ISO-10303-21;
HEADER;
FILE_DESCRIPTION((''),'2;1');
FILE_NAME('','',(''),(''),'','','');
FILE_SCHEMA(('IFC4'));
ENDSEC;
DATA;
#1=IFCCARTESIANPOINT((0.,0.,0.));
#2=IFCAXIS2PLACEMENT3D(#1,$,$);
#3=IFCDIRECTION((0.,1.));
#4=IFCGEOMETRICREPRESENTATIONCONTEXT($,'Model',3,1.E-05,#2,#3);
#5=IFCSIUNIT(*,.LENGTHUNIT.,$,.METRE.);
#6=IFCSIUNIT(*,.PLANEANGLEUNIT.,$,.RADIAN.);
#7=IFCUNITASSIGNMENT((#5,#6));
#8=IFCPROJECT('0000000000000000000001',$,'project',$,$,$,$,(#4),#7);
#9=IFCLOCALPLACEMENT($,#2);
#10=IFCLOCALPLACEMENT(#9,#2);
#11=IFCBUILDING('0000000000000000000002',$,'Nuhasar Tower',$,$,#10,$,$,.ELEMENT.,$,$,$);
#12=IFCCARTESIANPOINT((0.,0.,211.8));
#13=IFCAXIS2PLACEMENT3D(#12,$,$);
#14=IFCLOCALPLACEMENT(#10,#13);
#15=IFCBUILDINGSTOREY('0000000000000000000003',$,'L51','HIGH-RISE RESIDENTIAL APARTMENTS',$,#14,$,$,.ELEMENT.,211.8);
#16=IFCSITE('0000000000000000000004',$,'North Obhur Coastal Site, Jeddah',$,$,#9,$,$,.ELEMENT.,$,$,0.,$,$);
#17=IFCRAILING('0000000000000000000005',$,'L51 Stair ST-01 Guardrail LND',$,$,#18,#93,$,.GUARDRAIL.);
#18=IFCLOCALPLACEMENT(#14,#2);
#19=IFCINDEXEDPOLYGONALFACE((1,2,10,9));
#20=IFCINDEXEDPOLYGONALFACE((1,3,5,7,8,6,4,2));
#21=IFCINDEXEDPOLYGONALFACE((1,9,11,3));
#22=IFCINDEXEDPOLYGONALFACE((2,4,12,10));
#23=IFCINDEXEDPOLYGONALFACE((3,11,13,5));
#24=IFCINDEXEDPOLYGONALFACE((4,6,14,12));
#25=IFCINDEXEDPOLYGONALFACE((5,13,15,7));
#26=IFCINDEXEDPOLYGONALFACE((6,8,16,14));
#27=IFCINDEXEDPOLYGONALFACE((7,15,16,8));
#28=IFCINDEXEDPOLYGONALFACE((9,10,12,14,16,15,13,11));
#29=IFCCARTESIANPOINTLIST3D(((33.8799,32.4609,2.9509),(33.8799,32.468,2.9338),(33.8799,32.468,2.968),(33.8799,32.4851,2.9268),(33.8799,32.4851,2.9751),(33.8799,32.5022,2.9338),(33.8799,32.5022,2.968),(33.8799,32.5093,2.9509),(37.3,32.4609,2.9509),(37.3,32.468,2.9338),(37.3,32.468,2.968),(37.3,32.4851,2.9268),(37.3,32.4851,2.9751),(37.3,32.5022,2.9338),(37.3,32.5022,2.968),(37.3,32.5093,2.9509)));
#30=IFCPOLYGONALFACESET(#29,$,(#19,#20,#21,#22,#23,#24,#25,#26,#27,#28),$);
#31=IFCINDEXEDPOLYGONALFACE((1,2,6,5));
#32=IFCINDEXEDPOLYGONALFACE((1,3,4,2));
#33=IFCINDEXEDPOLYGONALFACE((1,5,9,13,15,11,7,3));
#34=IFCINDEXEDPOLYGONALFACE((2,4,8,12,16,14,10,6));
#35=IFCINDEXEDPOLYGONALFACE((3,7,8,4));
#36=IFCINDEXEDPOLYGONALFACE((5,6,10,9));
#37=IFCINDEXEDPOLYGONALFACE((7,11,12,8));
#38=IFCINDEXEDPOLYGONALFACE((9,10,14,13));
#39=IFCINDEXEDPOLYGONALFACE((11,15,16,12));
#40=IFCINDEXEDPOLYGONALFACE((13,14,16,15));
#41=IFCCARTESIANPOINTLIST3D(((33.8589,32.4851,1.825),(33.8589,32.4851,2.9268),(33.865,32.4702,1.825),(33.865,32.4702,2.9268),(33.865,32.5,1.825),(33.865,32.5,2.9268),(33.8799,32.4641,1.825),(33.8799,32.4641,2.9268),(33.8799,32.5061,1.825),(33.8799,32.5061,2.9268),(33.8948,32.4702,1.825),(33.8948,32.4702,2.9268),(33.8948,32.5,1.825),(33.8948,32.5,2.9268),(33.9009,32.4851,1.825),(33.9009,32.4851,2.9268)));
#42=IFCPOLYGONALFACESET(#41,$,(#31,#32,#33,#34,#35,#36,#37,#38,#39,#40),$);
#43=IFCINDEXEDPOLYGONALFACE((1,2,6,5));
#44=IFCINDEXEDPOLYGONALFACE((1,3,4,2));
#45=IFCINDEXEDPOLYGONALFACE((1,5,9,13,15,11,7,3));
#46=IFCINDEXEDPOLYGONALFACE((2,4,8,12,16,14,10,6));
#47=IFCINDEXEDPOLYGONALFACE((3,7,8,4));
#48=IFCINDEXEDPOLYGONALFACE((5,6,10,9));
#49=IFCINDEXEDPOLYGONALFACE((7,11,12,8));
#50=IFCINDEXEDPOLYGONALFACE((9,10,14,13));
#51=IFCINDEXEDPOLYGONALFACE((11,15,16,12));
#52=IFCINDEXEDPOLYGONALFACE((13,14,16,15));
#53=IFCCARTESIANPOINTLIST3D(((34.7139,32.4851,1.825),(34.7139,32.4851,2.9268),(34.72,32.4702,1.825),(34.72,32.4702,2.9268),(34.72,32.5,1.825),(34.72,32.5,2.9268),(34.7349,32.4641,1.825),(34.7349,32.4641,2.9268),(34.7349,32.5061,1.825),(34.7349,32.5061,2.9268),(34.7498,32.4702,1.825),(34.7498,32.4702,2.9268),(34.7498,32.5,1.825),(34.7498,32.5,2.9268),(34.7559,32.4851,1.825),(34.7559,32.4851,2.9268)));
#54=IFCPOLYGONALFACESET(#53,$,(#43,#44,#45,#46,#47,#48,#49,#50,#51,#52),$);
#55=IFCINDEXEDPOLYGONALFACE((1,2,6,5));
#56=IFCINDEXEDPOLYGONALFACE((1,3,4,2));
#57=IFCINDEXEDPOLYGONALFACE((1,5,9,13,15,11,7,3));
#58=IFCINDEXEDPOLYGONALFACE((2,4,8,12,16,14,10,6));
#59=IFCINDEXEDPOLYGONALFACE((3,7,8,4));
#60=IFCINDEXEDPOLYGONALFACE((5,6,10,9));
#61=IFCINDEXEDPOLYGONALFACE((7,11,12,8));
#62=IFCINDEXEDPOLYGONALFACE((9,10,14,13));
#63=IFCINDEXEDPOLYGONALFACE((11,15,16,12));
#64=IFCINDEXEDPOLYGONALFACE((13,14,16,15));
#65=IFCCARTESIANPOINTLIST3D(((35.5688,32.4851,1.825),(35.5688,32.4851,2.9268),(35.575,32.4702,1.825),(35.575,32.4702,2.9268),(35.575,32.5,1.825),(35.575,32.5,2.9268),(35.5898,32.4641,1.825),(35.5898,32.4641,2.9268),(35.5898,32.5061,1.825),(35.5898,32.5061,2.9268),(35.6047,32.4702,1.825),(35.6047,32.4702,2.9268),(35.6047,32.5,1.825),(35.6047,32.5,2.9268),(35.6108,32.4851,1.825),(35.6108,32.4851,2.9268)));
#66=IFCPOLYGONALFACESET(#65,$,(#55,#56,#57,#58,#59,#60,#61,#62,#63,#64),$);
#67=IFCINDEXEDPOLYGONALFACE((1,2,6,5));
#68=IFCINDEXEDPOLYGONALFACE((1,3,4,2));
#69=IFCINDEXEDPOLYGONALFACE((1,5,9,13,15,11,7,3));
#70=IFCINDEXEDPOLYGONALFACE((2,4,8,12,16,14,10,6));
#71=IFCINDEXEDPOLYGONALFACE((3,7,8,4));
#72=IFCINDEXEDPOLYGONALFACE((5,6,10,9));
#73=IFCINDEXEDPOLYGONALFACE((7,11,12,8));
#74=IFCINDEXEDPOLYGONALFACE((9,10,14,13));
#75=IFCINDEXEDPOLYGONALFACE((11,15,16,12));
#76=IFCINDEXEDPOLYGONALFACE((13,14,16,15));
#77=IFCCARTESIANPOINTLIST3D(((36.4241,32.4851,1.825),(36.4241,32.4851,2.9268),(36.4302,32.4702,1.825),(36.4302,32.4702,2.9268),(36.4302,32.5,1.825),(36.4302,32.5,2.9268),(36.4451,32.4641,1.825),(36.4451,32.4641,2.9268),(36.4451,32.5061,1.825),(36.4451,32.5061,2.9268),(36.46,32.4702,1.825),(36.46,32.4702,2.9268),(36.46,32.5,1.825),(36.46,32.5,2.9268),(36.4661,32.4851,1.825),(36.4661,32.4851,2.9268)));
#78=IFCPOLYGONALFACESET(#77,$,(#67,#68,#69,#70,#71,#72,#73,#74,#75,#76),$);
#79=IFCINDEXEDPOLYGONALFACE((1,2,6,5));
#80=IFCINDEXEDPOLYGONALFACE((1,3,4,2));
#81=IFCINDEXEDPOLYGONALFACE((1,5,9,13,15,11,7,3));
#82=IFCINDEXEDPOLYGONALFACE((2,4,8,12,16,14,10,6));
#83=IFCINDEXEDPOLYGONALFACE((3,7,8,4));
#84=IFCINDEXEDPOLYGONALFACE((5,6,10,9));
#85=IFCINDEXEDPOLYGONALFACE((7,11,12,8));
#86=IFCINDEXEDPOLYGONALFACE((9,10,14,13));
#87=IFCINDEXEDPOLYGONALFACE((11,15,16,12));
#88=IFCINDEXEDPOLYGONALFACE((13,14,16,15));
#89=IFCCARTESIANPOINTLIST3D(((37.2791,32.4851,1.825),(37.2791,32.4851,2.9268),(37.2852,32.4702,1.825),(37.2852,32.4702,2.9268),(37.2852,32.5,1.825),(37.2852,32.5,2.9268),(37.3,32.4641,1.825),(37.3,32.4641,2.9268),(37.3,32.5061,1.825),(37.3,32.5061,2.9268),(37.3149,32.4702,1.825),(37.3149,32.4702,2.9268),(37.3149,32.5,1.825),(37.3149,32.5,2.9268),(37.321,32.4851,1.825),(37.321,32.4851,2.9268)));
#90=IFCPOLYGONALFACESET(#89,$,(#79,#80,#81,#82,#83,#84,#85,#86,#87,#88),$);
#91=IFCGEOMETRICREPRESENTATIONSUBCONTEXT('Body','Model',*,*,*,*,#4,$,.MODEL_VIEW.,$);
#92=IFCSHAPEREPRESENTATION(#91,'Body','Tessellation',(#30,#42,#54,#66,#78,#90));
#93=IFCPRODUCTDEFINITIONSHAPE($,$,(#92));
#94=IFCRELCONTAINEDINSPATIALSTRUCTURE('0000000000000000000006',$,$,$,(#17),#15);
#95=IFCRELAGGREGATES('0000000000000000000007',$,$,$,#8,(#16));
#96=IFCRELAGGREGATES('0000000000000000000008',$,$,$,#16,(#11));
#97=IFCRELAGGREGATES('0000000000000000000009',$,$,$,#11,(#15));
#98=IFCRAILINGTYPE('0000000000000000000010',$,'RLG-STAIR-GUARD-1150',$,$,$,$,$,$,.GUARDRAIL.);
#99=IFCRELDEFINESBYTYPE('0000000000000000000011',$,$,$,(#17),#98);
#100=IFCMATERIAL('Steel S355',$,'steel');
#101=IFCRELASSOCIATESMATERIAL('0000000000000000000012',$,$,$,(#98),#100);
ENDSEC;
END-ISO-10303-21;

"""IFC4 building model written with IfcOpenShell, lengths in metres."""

from ifc_helpers import new_model, si_unit, direction, frame, origin, place, context, subcontext, project, spatial, polyline, outline, extrude, material, type_object, element, save


model = new_model("IFC4")

# Units and contexts
model_context = context("Model", 3, precision=1e-05, world=origin(), true_north=direction((0.0, 1.0)))
body_context = subcontext(model_context, "Body", "Model", "MODEL_VIEW")
ifc_project = project(units=[si_unit("LENGTHUNIT", "METRE"), si_unit("PLANEANGLEUNIT", "RADIAN")], contexts=[model_context])

# Site, building, storey
site_placement = place(None, origin())
site = spatial("IfcSite", under=ifc_project, at=site_placement, Name="North Obhur Coastal Site, Jeddah", CompositionType="ELEMENT", RefElevation=0.0)
building_placement = place(site_placement, origin())
building = spatial("IfcBuilding", under=site, at=building_placement, Name="Nuhasar Tower", CompositionType="ELEMENT")
storey_placement = place(building_placement, frame((0.0, 0.0, 211.8)))
storey = spatial("IfcBuildingStorey", under=building, at=storey_placement, Name="L51", Description="HIGH-RISE RESIDENTIAL APARTMENTS", CompositionType="ELEMENT", Elevation=211.8)

# Shared definitions
ifc_material_1 = material(Name="Steel S355", Category="steel")

# Railing
railing_type_1 = type_object("IfcRailingType", Name="RLG-STAIR-GUARD-1150", PredefinedType="GUARDRAIL", material=ifc_material_1)
railing_1_placement = place(storey_placement, frame((33.8799, 32.4851, 1.825)))
element("IfcRailing", 1, at=railing_1_placement, inside=storey, type_object=railing_type_1, Name="L51 Stair ST-01 Guardrail LND", PredefinedType="GUARDRAIL", context=body_context, shape_type="SweptSolid", body=[
    extrude(outline(polyline([(0.0242, 0.0), (0.0171, 0.0171), (0.0, 0.0242), (-0.0171, 0.0171), (-0.0242, 0.0), (-0.0171, -0.0171), (0.0, -0.0242), (0.0171, -0.0171), (0.0242, 0.0)])), frame((0.0, 0.0, 1.126), z_axis=(1.0, 0.0, 0.0), x_axis=(0.0, 1.0, 0.0)), (0.0, 0.0, 1.0), 3.4202),
    extrude(outline(polyline([(0.021, 0.0), (0.0149, 0.0149), (0.0, 0.021), (-0.0149, 0.0149), (-0.021, 0.0), (-0.0149, -0.0149), (0.0, -0.021), (0.0149, -0.0149), (0.021, 0.0)])), origin(), (0.0, 0.0, 1.0), 1.1018),
    extrude(outline(polyline([(0.021, 0.0), (0.0149, 0.0149), (0.0, 0.021), (-0.0149, 0.0149), (-0.021, 0.0), (-0.0149, -0.0149), (0.0, -0.021), (0.0149, -0.0149), (0.021, 0.0)])), frame((0.855, 0.0, 0.0)), (0.0, 0.0, 1.0), 1.1018),
    extrude(outline(polyline([(0.021, 0.0), (0.0149, 0.0149), (0.0, 0.021), (-0.0149, 0.0149), (-0.021, 0.0), (-0.0149, -0.0149), (0.0, -0.021), (0.0149, -0.0149), (0.021, 0.0)])), frame((1.71, 0.0, 0.0)), (0.0, 0.0, 1.0), 1.1018),
    extrude(outline(polyline([(0.021, 0.0), (0.0149, 0.0149), (0.0, 0.021), (-0.0149, 0.0149), (-0.021, 0.0), (-0.0149, -0.0149), (0.0, -0.021), (0.0149, -0.0149), (0.021, 0.0)])), frame((2.5652, 0.0, 0.0)), (0.0, 0.0, 1.0), 1.1018),
    extrude(outline(polyline([(0.021, 0.0), (0.0149, 0.0149), (0.0, 0.021), (-0.0149, 0.0149), (-0.021, 0.0), (-0.0149, -0.0149), (0.0, -0.021), (0.0149, -0.0149), (0.021, 0.0)])), frame((3.4202, 0.0, 0.0)), (0.0, 0.0, 1.0), 1.1018),
])

save(model, "model.ifc")
